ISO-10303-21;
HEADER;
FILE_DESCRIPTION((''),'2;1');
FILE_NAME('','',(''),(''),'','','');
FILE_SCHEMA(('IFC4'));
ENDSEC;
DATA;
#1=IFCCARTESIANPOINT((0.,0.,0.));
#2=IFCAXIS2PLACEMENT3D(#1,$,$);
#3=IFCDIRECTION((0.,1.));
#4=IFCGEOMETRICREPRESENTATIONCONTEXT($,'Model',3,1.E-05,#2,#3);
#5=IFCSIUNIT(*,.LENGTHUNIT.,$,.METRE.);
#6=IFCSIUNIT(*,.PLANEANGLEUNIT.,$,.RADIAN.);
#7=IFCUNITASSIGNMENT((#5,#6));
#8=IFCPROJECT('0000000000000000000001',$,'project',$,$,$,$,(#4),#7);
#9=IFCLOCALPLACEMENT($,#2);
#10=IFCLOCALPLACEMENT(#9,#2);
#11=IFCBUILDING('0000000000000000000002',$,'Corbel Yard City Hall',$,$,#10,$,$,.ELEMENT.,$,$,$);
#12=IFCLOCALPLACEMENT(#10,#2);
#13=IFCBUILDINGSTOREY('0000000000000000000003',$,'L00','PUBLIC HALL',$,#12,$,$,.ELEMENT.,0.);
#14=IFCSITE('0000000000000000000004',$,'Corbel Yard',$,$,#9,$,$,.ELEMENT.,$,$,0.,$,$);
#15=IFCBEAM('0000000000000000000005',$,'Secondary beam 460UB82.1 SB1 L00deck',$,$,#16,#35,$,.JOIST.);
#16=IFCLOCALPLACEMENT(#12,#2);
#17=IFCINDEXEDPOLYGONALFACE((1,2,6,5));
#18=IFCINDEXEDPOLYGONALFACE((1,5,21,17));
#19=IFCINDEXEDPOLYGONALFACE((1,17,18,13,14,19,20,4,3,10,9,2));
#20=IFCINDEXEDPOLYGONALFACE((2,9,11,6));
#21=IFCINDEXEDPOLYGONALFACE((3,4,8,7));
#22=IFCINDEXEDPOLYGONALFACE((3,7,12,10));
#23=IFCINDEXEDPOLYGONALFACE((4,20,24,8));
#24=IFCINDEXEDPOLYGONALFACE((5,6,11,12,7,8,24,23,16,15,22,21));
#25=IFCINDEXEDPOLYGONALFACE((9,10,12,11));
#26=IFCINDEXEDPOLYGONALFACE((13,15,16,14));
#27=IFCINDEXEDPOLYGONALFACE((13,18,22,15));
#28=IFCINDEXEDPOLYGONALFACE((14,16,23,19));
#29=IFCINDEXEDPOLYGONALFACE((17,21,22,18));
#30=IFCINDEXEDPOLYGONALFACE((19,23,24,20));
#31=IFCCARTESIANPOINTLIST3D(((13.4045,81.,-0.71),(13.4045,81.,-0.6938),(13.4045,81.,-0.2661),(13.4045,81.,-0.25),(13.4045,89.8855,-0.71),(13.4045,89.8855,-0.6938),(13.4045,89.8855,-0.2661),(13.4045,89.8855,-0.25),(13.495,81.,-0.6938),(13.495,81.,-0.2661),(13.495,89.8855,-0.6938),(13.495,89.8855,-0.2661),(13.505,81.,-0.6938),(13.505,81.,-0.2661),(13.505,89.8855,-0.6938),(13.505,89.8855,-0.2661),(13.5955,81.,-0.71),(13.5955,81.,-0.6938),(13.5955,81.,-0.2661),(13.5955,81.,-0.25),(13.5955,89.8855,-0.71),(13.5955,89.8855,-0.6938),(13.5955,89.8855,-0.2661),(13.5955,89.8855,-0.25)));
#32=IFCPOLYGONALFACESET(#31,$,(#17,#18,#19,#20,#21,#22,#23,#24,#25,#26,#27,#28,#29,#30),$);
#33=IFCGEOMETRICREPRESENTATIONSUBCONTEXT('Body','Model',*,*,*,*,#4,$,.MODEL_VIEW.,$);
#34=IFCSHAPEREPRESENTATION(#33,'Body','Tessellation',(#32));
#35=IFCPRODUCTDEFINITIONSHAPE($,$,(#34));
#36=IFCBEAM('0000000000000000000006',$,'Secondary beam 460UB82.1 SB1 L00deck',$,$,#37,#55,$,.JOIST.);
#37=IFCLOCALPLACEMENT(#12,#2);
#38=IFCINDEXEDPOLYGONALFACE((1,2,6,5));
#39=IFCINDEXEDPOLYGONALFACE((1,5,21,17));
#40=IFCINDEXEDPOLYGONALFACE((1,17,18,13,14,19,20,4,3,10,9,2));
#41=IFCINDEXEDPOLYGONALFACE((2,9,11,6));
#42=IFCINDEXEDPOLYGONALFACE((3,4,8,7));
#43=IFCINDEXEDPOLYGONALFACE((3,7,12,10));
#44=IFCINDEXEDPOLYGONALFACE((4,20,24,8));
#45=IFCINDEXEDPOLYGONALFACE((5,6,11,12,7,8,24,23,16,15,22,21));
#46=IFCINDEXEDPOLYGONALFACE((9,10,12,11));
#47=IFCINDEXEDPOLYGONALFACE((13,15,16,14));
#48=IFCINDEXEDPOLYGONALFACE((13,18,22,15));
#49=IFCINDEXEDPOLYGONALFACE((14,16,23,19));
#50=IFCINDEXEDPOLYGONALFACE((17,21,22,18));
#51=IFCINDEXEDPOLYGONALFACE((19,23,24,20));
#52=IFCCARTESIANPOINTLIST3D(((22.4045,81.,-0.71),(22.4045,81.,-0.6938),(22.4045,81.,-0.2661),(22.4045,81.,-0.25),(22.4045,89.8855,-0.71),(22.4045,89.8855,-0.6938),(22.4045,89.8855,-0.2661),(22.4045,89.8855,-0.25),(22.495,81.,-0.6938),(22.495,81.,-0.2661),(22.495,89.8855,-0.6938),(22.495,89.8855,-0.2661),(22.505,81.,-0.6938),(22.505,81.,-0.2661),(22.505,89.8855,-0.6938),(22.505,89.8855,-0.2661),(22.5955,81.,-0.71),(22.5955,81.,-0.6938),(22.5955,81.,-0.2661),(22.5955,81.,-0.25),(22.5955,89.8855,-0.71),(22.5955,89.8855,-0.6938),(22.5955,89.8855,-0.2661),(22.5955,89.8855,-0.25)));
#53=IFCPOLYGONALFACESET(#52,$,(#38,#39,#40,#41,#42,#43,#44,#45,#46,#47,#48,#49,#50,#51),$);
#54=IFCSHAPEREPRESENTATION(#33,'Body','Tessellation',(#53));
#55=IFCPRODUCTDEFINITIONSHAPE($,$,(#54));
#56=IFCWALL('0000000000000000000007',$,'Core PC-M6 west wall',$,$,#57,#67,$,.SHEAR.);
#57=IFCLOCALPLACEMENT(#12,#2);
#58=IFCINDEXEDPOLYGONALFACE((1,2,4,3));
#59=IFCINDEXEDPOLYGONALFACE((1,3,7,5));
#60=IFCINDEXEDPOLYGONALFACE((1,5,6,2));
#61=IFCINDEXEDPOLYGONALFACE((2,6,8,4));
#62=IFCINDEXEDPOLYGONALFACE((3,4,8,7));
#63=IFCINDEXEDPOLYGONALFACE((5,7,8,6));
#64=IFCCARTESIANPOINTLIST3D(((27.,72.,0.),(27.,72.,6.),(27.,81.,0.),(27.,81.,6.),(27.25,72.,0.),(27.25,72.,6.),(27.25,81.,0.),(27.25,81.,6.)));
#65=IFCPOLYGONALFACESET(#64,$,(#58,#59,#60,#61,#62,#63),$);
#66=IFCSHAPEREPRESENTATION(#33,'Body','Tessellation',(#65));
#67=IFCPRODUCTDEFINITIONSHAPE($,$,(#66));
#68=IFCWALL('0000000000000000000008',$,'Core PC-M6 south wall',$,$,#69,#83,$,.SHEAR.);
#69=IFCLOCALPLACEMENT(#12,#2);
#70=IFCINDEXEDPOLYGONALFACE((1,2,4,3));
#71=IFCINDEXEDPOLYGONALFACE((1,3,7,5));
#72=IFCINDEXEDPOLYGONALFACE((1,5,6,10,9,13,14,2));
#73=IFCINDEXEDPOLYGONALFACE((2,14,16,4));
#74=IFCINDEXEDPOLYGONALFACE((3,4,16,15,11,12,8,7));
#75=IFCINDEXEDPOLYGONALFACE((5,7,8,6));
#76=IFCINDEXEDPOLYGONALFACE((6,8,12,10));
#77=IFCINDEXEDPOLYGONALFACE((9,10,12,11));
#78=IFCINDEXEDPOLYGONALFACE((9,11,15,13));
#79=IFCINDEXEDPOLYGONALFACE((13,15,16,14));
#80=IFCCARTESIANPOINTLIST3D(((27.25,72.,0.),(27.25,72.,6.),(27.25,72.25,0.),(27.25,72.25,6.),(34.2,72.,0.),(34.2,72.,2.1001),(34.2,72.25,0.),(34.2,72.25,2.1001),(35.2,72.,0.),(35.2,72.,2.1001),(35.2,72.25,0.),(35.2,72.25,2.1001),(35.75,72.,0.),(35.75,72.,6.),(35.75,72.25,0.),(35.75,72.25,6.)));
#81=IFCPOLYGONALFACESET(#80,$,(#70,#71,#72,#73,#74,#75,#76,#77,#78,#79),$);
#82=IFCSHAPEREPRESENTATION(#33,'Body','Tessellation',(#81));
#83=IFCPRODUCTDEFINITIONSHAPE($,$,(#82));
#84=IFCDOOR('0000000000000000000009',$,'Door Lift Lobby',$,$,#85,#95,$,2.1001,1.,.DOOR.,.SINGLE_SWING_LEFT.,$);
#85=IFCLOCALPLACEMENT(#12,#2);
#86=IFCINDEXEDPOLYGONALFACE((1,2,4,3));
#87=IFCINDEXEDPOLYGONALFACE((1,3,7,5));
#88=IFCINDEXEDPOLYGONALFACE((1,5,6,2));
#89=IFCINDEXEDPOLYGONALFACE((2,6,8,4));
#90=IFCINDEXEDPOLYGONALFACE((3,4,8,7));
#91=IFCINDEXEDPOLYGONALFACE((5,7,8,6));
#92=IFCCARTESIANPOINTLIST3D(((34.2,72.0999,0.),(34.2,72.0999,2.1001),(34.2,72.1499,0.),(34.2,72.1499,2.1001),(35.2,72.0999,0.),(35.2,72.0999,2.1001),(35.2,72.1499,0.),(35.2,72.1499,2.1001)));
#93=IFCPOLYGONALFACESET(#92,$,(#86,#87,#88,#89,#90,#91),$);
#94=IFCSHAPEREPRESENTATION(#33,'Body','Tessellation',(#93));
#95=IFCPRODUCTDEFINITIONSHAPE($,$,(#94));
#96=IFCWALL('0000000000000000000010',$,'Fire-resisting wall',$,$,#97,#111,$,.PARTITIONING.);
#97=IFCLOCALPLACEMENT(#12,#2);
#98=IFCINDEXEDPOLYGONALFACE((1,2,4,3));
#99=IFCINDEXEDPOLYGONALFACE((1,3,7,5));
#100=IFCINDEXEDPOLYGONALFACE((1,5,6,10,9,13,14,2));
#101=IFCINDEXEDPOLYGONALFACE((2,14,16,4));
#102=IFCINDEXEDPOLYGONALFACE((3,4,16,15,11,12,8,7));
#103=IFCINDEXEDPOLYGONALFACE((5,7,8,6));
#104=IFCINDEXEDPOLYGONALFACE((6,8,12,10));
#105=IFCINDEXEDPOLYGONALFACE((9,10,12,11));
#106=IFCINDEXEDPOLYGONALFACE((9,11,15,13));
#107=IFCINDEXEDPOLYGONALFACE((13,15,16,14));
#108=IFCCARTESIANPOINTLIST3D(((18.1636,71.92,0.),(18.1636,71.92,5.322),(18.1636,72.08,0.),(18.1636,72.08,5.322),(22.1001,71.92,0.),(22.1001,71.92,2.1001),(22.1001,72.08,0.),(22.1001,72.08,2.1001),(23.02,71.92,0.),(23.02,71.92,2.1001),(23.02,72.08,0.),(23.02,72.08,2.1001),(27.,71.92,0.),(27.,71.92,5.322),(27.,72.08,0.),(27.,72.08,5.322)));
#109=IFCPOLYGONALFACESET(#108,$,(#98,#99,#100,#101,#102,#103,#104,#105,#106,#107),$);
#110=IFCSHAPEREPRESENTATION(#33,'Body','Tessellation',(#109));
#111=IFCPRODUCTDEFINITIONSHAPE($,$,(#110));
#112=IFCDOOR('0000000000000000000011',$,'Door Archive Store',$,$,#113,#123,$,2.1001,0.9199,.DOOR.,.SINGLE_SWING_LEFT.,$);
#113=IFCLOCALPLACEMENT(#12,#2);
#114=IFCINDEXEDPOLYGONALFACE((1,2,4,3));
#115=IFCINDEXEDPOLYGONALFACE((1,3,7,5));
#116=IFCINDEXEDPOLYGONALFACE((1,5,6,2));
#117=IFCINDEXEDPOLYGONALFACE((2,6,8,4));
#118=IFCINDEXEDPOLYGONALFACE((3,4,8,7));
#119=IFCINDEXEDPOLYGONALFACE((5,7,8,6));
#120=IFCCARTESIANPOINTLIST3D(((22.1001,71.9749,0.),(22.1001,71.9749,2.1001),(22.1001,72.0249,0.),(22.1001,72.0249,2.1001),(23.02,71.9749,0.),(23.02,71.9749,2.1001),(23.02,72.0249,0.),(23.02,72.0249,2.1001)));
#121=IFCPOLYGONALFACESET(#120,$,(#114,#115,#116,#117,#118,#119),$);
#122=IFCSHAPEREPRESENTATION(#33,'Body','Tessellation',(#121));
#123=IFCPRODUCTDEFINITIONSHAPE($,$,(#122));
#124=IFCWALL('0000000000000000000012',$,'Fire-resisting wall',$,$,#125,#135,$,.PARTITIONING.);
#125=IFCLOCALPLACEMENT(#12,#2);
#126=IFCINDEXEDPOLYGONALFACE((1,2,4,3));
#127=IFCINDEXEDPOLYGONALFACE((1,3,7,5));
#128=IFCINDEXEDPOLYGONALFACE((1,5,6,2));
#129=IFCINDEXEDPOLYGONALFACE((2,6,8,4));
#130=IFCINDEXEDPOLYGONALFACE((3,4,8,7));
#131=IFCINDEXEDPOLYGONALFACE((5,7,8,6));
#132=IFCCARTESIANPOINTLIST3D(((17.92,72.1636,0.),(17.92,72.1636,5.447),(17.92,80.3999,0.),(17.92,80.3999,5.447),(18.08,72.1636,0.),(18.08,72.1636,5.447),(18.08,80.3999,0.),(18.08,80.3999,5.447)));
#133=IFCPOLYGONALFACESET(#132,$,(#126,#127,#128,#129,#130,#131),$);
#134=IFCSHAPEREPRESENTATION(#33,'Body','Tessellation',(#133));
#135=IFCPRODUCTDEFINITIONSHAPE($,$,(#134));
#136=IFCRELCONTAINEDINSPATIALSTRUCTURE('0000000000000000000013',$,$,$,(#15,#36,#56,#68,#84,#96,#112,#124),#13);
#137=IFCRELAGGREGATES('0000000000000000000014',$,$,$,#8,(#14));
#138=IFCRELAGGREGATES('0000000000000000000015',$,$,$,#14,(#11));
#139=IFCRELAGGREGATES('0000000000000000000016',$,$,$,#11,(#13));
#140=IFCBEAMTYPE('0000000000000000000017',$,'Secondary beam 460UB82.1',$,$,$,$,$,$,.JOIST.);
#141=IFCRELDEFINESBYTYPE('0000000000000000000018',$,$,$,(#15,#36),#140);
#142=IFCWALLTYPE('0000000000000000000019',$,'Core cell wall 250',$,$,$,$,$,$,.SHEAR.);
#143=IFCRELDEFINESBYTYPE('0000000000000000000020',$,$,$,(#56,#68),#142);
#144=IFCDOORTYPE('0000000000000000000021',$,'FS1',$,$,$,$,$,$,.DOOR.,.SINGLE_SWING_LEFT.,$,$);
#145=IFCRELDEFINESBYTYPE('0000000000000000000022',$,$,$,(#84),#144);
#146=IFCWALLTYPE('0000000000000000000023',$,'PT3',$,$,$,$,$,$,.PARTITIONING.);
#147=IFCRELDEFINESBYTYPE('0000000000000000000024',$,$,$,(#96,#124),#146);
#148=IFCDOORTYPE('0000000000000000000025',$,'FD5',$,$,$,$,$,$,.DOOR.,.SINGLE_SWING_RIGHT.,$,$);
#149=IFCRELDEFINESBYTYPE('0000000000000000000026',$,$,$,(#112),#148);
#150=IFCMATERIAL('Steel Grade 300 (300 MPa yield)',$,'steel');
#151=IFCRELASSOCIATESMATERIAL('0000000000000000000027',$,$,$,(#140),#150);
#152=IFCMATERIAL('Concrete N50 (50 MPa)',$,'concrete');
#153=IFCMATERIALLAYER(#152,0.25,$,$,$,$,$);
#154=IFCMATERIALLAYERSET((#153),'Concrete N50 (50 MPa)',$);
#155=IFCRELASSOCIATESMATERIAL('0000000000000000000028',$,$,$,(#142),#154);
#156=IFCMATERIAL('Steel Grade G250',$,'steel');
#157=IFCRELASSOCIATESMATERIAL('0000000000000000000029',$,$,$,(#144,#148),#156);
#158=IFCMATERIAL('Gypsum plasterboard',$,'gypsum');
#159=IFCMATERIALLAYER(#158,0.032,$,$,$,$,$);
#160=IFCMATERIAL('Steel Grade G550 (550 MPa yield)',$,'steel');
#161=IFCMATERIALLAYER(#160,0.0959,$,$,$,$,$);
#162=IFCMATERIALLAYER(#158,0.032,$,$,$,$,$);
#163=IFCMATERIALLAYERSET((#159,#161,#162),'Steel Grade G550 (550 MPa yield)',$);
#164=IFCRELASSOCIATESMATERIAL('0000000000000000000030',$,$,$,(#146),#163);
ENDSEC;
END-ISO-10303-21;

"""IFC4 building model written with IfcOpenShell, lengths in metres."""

from ifc_helpers import new_model, si_unit, direction, frame, frame_2d, origin, origin_2d, place, context, subcontext, project, spatial, rectangle, i_section, extrude, material, layer, layer_set, material_profile, profile_set, type_object, element, fill, save


model = new_model("IFC4")

# Units and contexts
model_context = context("Model", 3, precision=1e-05, world=origin(), true_north=direction((0.0, 1.0)))
body_context = subcontext(model_context, "Body", "Model", "MODEL_VIEW")
ifc_project = project(units=[si_unit("LENGTHUNIT", "METRE"), si_unit("PLANEANGLEUNIT", "RADIAN")], contexts=[model_context])

# Site, building, storey
site_placement = place(None, origin())
site = spatial("IfcSite", under=ifc_project, at=site_placement, Name="Corbel Yard", CompositionType="ELEMENT", RefElevation=0.0)
building_placement = place(site_placement, origin())
building = spatial("IfcBuilding", under=site, at=building_placement, Name="Corbel Yard City Hall", CompositionType="ELEMENT")
storey_placement = place(building_placement, origin())
storey = spatial("IfcBuildingStorey", under=building, at=storey_placement, Name="L00", Description="PUBLIC HALL", CompositionType="ELEMENT", Elevation=0.0)

# Shared definitions
ifc_material_1 = material(Name="Steel Grade 300 (300 MPa yield)", Category="steel")

# Beams
ifc_material_profile_1 = material_profile(ifc_material_1, i_section(OverallWidth=0.1909, OverallDepth=0.46, WebThickness=0.01, FlangeThickness=0.0161, at=origin_2d()), Name="460UB82.1")
ifc_profile_set_1 = profile_set([ifc_material_profile_1], Name="Steel Grade 300 (300 MPa yield)")
beam_type_1 = type_object("IfcBeamType", Name="Secondary beam 460UB82.1", PredefinedType="JOIST", material=ifc_profile_set_1)
for number, where, z_axis, x_axis, name in (
    (1, (13.5, 81.0, -0.48), (0.0, 1.0, 0.0), (-1.0, 0.0, 0.0), "Secondary beam 460UB82.1 SB1 L00deck"),
    (2, (22.5, 81.0, -0.48), (0.0, 1.0, 0.0), (-1.0, 0.0, 0.0), "Secondary beam 460UB82.1 SB1 L00deck"),
):
    element("IfcBeam", number, at=place(storey_placement, frame(where, z_axis=z_axis, x_axis=x_axis)), inside=storey, type_object=beam_type_1, Name=name, PredefinedType="JOIST", context=body_context, shape_type="SweptSolid", body=[
        extrude(i_section(OverallWidth=0.1909, OverallDepth=0.46, WebThickness=0.01, FlangeThickness=0.0161, at=origin_2d()), origin(), (0.0, 0.0, 1.0), 8.8855),
    ])

# Wall
ifc_material_2 = material(Name="Concrete N50 (50 MPa)", Category="concrete")
ifc_layer_1 = layer(ifc_material_2, 0.25)
ifc_layer_set_1 = layer_set([ifc_layer_1], Name="Concrete N50 (50 MPa)")
wall_type_1 = type_object("IfcWallType", Name="Core cell wall 250", PredefinedType="SHEAR", material=ifc_layer_set_1)
wall_1_placement = place(storey_placement, frame((27.125, 72.0, 0.0), z_axis=(0.0, 0.0, 1.0), x_axis=(0.0, 1.0, 0.0)))
element("IfcWall", 3, at=wall_1_placement, inside=storey, type_object=wall_type_1, Name="Core PC-M6 west wall", PredefinedType="SHEAR", context=body_context, shape_type="SweptSolid", body=[
    extrude(rectangle(XDim=9.0, YDim=0.25, at=frame_2d((4.5, 0.0))), origin(), (0.0, 0.0, 1.0), 6.0),
])

# Walls, openings, doors
wall_2_placement = place(storey_placement, frame((27.25, 72.125, 0.0), z_axis=(0.0, 0.0, 1.0), x_axis=(1.0, 0.0, 0.0)))
wall_2 = element("IfcWall", 4, at=wall_2_placement, inside=storey, type_object=wall_type_1, Name="Core PC-M6 south wall", PredefinedType="SHEAR", context=body_context, shape_type="SweptSolid", body=[
    extrude(rectangle(XDim=8.5, YDim=0.25, at=frame_2d((4.25, 0.0))), origin(), (0.0, 0.0, 1.0), 6.0),
])
opening_1_placement = place(wall_2_placement, frame((6.95, 0.0, 0.0)))
opening_1 = element("IfcOpeningElement", 5, at=opening_1_placement, cuts=wall_2, PredefinedType="OPENING", context=body_context, shape_type="SweptSolid", body=[
    extrude(rectangle(XDim=1.0, YDim=2.1001, at=frame_2d((0.5, 1.05))), frame((0.0, 0.135, 0.0), z_axis=(0.0, -1.0, 0.0), x_axis=(1.0, 0.0, 0.0)), (0.0, 0.0, 1.0), 0.27),
])
ifc_material_3 = material(Name="Steel Grade G250", Category="steel")
door_type_1 = type_object("IfcDoorType", Name="FS1", OperationType="SINGLE_SWING_LEFT", PredefinedType="DOOR", material=ifc_material_3)
door_1_placement = place(opening_1_placement, origin())
door_1 = element("IfcDoor", 6, at=door_1_placement, inside=storey, type_object=door_type_1, Name="Door Lift Lobby", OperationType="SINGLE_SWING_LEFT", OverallHeight=2.1001, OverallWidth=1.0, PredefinedType="DOOR", context=body_context, shape_type="SweptSolid", body=[
    extrude(rectangle(XDim=1.0, YDim=2.1001, at=frame_2d((0.5, 1.05))), frame((0.0, 0.0249, 0.0), z_axis=(0.0, -1.0, 0.0), x_axis=(1.0, 0.0, 0.0)), (0.0, 0.0, 1.0), 0.05),
])
fill(opening_1, door_1)
ifc_material_4 = material(Name="Gypsum plasterboard", Category="gypsum")
ifc_layer_2 = layer(ifc_material_4, 0.032)
ifc_material_5 = material(Name="Steel Grade G550 (550 MPa yield)", Category="steel")
ifc_layer_3 = layer(ifc_material_5, 0.0959)
ifc_layer_4 = layer(ifc_material_4, 0.032)
ifc_layer_set_2 = layer_set([ifc_layer_2, ifc_layer_3, ifc_layer_4], Name="Steel Grade G550 (550 MPa yield)")
wall_type_2 = type_object("IfcWallType", Name="PT3", PredefinedType="PARTITIONING", material=ifc_layer_set_2)
wall_3_placement = place(storey_placement, frame((18.1636, 72.0, 0.0), z_axis=(0.0, 0.0, 1.0), x_axis=(1.0, 0.0, 0.0)))
wall_3 = element("IfcWall", 7, at=wall_3_placement, inside=storey, type_object=wall_type_2, Name="Fire-resisting wall", PredefinedType="PARTITIONING", context=body_context, shape_type="SweptSolid", body=[
    extrude(rectangle(XDim=8.8364, YDim=0.1599, at=frame_2d((4.4182, 0.0))), origin(), (0.0, 0.0, 1.0), 5.322),
])
opening_2_placement = place(wall_3_placement, frame((3.9365, 0.0, 0.0)))
opening_2 = element("IfcOpeningElement", 8, at=opening_2_placement, cuts=wall_3, PredefinedType="OPENING", context=body_context, shape_type="SweptSolid", body=[
    extrude(rectangle(XDim=0.9199, YDim=2.1001, at=frame_2d((0.46, 1.05))), frame((0.0, 0.0898, 0.0), z_axis=(0.0, -1.0, 0.0), x_axis=(1.0, 0.0, 0.0)), (0.0, 0.0, 1.0), 0.1799),
])
door_type_2 = type_object("IfcDoorType", Name="FD5", OperationType="SINGLE_SWING_RIGHT", PredefinedType="DOOR", material=ifc_material_3)
door_2_placement = place(opening_2_placement, origin())
door_2 = element("IfcDoor", 9, at=door_2_placement, inside=storey, type_object=door_type_2, Name="Door Archive Store", OperationType="SINGLE_SWING_LEFT", OverallHeight=2.1001, OverallWidth=0.9199, PredefinedType="DOOR", context=body_context, shape_type="SweptSolid", body=[
    extrude(rectangle(XDim=0.9199, YDim=2.1001, at=frame_2d((0.46, 1.05))), frame((0.0, 0.0249, 0.0), z_axis=(0.0, -1.0, 0.0), x_axis=(1.0, 0.0, 0.0)), (0.0, 0.0, 1.0), 0.05),
])
fill(opening_2, door_2)

# Wall
wall_4_placement = place(storey_placement, frame((18.0, 72.1636, 0.0), z_axis=(0.0, 0.0, 1.0), x_axis=(0.0, 1.0, 0.0)))
element("IfcWall", 10, at=wall_4_placement, inside=storey, type_object=wall_type_2, Name="Fire-resisting wall", PredefinedType="PARTITIONING", context=body_context, shape_type="SweptSolid", body=[
    extrude(rectangle(XDim=8.2363, YDim=0.1599, at=frame_2d((4.1182, 0.0))), origin(), (0.0, 0.0, 1.0), 5.447),
])

save(model, "model.ifc")
